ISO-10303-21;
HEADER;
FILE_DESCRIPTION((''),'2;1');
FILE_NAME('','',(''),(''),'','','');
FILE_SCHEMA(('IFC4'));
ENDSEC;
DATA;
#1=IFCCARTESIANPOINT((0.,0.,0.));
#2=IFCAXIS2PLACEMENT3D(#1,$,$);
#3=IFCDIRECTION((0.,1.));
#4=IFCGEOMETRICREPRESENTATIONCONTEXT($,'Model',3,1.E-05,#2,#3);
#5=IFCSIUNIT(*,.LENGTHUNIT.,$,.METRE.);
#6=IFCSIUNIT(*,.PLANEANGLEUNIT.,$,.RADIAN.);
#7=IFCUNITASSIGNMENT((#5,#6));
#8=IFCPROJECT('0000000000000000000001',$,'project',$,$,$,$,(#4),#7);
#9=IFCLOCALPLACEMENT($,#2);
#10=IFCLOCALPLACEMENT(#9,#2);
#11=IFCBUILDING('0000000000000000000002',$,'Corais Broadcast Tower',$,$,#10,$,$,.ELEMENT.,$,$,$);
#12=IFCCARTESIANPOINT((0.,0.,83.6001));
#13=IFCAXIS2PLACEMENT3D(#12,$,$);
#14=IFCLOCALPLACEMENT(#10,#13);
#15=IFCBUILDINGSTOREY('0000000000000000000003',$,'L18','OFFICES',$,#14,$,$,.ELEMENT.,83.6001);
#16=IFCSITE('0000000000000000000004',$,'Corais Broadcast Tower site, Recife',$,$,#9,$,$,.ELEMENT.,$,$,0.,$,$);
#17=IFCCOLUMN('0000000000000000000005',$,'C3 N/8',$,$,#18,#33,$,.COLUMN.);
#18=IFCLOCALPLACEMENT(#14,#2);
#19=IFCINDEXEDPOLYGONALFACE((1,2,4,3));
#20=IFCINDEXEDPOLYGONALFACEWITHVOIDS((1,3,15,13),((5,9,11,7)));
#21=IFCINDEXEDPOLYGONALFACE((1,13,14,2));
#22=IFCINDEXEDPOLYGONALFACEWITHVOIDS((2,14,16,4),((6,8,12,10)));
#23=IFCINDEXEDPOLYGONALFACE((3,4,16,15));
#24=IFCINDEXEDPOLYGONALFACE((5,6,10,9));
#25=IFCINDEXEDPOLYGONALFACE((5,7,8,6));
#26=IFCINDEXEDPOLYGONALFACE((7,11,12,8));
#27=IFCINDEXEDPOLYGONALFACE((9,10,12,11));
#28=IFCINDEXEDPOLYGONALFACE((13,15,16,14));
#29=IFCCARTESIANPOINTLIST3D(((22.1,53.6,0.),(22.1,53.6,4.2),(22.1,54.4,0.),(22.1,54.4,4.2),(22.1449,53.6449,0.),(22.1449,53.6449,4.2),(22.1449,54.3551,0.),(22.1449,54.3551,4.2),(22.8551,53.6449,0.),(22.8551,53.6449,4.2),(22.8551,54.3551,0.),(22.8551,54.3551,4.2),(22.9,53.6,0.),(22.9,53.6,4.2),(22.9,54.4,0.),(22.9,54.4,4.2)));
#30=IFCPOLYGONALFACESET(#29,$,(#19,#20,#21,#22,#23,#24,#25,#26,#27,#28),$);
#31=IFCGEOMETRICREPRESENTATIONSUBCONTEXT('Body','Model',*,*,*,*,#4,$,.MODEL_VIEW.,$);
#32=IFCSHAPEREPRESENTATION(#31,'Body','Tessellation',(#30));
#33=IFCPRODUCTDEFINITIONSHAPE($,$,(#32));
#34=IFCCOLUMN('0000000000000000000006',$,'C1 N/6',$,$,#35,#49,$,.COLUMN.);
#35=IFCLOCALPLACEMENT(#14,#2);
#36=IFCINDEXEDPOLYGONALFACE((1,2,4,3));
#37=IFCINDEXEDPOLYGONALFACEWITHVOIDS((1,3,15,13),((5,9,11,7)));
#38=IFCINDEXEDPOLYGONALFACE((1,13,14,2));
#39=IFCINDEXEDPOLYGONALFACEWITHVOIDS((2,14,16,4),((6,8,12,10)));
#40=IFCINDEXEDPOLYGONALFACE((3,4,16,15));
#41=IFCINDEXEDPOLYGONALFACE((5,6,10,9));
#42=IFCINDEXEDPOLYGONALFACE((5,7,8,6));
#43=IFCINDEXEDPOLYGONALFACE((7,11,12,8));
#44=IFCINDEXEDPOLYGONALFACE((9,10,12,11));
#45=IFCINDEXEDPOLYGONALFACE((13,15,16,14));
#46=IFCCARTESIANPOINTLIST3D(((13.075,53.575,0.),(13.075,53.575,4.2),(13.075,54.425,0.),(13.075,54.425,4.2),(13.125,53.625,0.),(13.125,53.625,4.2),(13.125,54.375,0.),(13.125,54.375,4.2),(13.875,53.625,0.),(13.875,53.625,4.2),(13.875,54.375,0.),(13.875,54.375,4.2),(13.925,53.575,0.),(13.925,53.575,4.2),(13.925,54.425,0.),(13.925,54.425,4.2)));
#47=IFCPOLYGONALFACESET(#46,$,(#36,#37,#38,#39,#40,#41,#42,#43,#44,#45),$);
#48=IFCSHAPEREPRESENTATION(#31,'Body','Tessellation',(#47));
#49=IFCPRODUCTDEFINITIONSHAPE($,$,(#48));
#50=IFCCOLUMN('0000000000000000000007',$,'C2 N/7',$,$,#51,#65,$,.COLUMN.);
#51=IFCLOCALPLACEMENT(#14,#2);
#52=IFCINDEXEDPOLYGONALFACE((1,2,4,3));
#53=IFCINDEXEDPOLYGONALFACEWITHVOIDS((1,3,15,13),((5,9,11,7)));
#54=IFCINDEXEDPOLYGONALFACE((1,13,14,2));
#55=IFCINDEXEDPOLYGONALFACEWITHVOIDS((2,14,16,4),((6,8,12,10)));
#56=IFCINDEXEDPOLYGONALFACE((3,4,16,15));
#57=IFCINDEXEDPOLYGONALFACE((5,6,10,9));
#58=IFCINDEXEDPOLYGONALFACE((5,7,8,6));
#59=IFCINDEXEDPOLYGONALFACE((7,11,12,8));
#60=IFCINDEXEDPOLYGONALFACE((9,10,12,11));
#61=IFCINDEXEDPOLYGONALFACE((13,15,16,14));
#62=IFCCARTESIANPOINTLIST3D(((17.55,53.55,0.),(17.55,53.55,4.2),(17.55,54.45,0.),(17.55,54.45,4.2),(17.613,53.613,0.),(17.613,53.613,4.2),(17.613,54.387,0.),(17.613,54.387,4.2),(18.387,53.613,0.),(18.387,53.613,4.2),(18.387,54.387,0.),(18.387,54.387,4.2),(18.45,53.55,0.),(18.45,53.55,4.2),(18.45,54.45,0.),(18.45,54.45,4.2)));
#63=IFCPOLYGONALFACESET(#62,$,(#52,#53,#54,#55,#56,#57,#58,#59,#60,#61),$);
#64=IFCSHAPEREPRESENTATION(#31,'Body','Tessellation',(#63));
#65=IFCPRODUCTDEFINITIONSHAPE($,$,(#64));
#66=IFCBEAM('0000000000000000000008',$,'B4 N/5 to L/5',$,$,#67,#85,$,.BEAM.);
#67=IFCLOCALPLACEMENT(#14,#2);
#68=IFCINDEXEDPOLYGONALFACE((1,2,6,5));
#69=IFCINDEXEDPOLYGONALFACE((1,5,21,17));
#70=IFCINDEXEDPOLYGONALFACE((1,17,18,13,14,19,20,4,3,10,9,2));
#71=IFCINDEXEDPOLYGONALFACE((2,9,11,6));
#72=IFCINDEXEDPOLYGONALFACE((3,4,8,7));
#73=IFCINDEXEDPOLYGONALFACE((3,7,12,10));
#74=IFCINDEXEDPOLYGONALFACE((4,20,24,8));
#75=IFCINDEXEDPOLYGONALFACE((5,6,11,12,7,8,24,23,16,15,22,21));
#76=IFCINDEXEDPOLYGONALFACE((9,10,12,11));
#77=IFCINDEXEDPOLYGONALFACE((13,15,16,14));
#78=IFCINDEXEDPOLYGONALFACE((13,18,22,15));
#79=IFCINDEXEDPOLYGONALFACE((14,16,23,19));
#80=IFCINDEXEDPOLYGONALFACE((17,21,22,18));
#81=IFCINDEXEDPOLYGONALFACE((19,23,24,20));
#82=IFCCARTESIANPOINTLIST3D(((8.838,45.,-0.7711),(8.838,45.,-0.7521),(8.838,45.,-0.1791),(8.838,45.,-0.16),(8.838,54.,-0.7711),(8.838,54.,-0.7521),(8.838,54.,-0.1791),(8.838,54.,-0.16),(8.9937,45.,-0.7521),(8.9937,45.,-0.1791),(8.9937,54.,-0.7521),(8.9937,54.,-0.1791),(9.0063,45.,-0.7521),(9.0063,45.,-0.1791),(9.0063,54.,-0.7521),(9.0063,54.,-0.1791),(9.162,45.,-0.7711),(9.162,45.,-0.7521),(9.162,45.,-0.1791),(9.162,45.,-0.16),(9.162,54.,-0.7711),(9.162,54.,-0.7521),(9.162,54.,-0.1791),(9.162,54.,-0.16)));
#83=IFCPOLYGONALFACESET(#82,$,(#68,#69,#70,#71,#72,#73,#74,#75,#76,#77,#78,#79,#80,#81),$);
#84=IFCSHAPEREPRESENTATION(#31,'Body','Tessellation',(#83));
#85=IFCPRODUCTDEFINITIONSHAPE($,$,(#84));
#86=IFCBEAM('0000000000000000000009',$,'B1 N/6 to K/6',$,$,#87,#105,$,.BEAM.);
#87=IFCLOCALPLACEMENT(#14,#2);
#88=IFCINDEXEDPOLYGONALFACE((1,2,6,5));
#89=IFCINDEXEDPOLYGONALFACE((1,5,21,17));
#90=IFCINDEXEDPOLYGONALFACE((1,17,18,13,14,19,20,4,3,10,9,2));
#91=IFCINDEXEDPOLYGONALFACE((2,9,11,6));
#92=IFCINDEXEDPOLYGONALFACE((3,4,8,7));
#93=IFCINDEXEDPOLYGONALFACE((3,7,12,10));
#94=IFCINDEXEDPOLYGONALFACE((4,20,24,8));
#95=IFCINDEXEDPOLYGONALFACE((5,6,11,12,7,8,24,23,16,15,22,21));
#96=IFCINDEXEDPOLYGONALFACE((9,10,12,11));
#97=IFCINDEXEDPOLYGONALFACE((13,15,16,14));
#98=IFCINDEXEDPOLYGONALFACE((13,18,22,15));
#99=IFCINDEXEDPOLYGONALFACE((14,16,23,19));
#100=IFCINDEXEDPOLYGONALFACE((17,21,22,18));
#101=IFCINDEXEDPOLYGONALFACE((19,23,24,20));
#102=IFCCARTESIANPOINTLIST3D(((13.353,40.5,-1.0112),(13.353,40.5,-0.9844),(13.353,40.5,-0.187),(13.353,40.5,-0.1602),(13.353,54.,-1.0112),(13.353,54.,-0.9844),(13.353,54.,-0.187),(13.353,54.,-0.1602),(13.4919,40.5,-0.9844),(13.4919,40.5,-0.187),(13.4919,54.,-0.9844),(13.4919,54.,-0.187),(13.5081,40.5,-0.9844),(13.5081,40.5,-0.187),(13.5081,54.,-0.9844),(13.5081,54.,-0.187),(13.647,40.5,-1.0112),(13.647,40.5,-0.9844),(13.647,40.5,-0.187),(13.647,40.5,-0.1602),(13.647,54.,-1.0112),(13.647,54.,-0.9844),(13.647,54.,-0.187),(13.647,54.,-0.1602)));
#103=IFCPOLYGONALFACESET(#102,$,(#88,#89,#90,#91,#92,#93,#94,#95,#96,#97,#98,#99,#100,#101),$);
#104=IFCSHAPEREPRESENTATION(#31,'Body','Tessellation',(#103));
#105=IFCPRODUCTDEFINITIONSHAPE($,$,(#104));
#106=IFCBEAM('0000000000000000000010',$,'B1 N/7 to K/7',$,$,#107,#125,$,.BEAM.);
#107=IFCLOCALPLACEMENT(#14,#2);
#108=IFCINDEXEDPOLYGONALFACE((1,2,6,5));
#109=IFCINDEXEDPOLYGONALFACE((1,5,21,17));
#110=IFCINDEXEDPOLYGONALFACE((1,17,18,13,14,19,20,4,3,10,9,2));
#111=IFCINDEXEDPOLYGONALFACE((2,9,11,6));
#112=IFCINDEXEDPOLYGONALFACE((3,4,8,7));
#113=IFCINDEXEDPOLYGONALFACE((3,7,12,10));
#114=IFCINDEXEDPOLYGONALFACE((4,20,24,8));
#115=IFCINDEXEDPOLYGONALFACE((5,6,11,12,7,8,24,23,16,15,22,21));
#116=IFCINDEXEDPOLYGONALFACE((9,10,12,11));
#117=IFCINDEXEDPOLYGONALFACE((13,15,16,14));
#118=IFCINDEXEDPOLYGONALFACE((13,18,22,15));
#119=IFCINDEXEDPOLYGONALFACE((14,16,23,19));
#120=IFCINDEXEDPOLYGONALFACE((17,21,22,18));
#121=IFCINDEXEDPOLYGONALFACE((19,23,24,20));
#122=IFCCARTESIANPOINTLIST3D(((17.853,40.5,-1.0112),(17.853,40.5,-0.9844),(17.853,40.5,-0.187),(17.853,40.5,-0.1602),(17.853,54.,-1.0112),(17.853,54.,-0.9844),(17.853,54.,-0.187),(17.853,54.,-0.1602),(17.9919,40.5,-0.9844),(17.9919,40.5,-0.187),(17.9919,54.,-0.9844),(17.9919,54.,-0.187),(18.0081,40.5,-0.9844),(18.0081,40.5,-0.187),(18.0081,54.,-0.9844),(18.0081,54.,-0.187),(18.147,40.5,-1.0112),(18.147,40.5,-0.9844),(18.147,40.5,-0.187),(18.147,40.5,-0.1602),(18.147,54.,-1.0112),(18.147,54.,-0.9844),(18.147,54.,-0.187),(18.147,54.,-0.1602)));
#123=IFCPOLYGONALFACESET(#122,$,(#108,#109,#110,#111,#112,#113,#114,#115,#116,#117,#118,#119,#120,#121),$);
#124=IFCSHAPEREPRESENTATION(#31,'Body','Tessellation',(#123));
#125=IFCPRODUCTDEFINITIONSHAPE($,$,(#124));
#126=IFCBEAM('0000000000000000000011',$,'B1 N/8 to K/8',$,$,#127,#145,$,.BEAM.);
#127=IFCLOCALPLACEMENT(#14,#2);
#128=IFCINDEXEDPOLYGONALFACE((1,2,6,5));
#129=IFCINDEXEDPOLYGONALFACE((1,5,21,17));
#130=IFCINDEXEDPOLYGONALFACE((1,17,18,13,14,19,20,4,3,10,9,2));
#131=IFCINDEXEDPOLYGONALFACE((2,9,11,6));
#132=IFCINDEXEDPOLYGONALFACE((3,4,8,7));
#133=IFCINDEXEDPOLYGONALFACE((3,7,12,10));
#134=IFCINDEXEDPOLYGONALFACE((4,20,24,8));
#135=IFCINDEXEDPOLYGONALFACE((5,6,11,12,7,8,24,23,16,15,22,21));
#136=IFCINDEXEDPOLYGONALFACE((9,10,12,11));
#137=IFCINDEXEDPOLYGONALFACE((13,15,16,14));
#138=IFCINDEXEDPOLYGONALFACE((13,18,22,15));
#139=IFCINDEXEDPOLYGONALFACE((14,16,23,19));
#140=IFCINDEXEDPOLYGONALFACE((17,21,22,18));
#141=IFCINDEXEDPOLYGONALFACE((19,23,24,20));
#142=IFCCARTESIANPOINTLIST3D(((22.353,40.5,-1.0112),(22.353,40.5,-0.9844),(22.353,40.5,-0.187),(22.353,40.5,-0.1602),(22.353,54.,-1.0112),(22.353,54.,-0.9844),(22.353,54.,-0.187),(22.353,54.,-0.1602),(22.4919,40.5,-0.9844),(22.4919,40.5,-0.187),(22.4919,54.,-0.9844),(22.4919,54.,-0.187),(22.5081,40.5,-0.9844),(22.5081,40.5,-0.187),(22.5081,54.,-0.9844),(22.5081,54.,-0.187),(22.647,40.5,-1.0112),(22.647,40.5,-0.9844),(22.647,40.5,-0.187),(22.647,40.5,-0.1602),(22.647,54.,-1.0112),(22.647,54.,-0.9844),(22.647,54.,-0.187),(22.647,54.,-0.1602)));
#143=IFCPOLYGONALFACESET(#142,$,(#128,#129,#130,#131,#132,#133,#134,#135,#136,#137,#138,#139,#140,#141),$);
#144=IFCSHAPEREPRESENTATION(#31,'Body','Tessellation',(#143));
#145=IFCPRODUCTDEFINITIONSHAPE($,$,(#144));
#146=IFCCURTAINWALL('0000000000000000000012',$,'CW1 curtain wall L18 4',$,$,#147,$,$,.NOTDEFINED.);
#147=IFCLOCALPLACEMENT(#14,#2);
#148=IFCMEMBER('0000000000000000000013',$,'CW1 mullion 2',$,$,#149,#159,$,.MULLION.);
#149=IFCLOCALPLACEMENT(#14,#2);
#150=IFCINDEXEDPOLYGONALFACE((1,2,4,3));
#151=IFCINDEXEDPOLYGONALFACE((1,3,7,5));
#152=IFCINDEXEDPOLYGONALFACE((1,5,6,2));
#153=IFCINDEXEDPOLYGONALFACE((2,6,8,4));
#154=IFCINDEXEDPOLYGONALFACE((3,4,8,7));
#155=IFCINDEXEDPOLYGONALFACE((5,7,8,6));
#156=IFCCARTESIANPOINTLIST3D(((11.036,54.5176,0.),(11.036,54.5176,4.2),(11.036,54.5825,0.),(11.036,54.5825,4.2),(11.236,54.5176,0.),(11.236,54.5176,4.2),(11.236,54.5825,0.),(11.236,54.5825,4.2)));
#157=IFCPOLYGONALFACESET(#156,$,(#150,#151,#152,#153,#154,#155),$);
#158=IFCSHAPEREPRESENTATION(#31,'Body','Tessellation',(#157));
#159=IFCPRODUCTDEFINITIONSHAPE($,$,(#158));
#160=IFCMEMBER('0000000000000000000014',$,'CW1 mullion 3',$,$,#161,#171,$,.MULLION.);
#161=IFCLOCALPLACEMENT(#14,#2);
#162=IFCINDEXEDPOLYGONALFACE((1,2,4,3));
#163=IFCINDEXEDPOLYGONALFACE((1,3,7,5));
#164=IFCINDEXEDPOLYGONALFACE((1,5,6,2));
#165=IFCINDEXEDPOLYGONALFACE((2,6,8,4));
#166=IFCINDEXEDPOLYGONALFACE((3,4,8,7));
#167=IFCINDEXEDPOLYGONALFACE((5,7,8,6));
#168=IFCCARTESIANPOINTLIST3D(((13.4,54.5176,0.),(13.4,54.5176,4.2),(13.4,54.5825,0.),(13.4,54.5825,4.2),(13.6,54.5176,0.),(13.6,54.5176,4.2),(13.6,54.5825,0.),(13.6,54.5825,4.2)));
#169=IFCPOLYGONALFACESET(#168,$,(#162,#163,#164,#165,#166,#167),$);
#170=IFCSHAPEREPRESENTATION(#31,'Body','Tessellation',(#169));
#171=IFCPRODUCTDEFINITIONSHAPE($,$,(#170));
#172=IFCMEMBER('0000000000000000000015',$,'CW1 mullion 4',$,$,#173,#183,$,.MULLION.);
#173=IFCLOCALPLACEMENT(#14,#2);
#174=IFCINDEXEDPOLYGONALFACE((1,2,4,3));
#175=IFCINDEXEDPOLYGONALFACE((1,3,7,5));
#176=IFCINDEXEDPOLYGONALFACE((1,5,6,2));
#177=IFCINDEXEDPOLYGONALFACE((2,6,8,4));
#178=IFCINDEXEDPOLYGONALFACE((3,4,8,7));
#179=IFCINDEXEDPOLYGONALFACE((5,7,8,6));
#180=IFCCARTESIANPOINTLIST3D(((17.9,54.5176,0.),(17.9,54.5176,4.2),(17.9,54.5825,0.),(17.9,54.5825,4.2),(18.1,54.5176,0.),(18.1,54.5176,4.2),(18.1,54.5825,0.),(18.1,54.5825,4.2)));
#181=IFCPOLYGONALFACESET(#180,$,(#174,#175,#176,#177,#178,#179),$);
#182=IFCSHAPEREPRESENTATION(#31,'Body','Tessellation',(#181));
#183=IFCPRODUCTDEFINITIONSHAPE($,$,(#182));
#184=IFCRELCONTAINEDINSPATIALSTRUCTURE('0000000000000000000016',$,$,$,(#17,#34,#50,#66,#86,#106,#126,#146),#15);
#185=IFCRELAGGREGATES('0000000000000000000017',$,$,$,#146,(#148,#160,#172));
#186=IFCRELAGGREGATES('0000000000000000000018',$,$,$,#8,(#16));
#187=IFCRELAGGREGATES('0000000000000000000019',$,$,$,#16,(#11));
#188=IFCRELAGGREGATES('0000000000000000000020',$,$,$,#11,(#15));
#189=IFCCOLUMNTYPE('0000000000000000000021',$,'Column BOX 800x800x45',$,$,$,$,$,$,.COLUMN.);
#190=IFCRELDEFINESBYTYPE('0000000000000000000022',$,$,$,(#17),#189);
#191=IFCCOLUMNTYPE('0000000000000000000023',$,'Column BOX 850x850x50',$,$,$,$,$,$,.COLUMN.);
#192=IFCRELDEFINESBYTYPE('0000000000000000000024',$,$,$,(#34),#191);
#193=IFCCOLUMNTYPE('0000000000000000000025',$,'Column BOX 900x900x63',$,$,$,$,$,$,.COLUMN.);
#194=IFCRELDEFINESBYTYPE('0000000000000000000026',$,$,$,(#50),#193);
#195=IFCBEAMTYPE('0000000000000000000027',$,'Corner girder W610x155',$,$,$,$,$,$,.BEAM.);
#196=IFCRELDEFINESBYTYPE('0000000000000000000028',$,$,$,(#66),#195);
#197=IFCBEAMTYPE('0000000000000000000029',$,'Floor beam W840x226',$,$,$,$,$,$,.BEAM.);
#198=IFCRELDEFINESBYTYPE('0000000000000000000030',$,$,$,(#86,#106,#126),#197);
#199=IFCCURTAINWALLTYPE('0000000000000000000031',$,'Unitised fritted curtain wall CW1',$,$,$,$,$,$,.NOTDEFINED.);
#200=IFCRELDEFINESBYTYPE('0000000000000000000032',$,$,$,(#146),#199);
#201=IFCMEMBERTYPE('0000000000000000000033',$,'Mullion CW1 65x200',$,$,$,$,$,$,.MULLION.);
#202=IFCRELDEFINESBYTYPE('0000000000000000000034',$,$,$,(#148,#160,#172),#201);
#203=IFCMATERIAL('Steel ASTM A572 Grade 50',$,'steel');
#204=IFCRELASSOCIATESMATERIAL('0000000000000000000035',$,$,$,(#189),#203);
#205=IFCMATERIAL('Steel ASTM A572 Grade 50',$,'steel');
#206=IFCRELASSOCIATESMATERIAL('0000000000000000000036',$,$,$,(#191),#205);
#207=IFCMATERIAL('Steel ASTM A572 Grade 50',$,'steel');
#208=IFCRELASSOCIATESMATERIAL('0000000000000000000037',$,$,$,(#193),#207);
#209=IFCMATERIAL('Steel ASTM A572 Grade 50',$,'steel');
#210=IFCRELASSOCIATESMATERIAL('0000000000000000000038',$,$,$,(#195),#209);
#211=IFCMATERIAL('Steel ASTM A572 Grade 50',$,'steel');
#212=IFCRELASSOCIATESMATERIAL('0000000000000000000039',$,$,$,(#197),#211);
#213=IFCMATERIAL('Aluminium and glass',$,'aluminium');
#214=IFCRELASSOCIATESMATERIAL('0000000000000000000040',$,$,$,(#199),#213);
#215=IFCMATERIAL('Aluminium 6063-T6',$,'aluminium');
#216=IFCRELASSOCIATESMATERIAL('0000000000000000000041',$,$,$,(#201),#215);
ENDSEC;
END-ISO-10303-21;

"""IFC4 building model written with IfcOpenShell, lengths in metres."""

from ifc_helpers import new_model, si_unit, direction, frame, origin, origin_2d, place, context, subcontext, project, spatial, rectangle, hollow_rectangle, i_section, extrude, material, material_profile, profile_set, type_object, element, aggregate, save


model = new_model("IFC4")

# Units and contexts
model_context = context("Model", 3, precision=1e-05, world=origin(), true_north=direction((0.0, 1.0)))
body_context = subcontext(model_context, "Body", "Model", "MODEL_VIEW")
ifc_project = project(units=[si_unit("LENGTHUNIT", "METRE"), si_unit("PLANEANGLEUNIT", "RADIAN")], contexts=[model_context])

# Site, building, storey
site_placement = place(None, origin())
site = spatial("IfcSite", under=ifc_project, at=site_placement, Name="Corais Broadcast Tower site, Recife", CompositionType="ELEMENT", RefElevation=0.0)
building_placement = place(site_placement, origin())
building = spatial("IfcBuilding", under=site, at=building_placement, Name="Corais Broadcast Tower", CompositionType="ELEMENT")
storey_placement = place(building_placement, frame((0.0, 0.0, 83.6001)))
storey = spatial("IfcBuildingStorey", under=building, at=storey_placement, Name="L18", Description="OFFICES", CompositionType="ELEMENT", Elevation=83.6001)

# Columns
ifc_material_1 = material(Name="Steel ASTM A572 Grade 50", Category="steel")
ifc_material_profile_1 = material_profile(ifc_material_1, hollow_rectangle(XDim=0.8, YDim=0.8, WallThickness=0.0449, at=origin_2d()), Name="BOX 800x800x45")
ifc_profile_set_1 = profile_set([ifc_material_profile_1], Name="Steel ASTM A572 Grade 50")
column_type_1 = type_object("IfcColumnType", Name="Column BOX 800x800x45", PredefinedType="COLUMN", material=ifc_profile_set_1)
column_1_placement = place(storey_placement, frame((22.5, 54.0, 0.0), z_axis=(0.0, 0.0, 1.0), x_axis=(1.0, 0.0, 0.0)))
element("IfcColumn", 1, at=column_1_placement, inside=storey, type_object=column_type_1, Name="C3 N/8", PredefinedType="COLUMN", context=body_context, shape_type="SweptSolid", body=[
    extrude(hollow_rectangle(XDim=0.8, YDim=0.8, WallThickness=0.0449, at=origin_2d()), origin(), (0.0, 0.0, 1.0), 4.2),
])
ifc_material_2 = material(Name="Steel ASTM A572 Grade 50", Category="steel")
ifc_material_profile_2 = material_profile(ifc_material_2, hollow_rectangle(XDim=0.8501, YDim=0.8501, WallThickness=0.05, at=origin_2d()), Name="BOX 850x850x50")
ifc_profile_set_2 = profile_set([ifc_material_profile_2], Name="Steel ASTM A572 Grade 50")
column_type_2 = type_object("IfcColumnType", Name="Column BOX 850x850x50", PredefinedType="COLUMN", material=ifc_profile_set_2)
column_2_placement = place(storey_placement, frame((13.5, 54.0, 0.0), z_axis=(0.0, 0.0, 1.0), x_axis=(1.0, 0.0, 0.0)))
element("IfcColumn", 2, at=column_2_placement, inside=storey, type_object=column_type_2, Name="C1 N/6", PredefinedType="COLUMN", context=body_context, shape_type="SweptSolid", body=[
    extrude(hollow_rectangle(XDim=0.8501, YDim=0.8501, WallThickness=0.05, at=origin_2d()), origin(), (0.0, 0.0, 1.0), 4.2),
])
ifc_material_3 = material(Name="Steel ASTM A572 Grade 50", Category="steel")
ifc_material_profile_3 = material_profile(ifc_material_3, hollow_rectangle(XDim=0.8999, YDim=0.8999, WallThickness=0.063, at=origin_2d()), Name="BOX 900x900x63")
ifc_profile_set_3 = profile_set([ifc_material_profile_3], Name="Steel ASTM A572 Grade 50")
column_type_3 = type_object("IfcColumnType", Name="Column BOX 900x900x63", PredefinedType="COLUMN", material=ifc_profile_set_3)
column_3_placement = place(storey_placement, frame((18.0, 54.0, 0.0), z_axis=(0.0, 0.0, 1.0), x_axis=(1.0, 0.0, 0.0)))
element("IfcColumn", 3, at=column_3_placement, inside=storey, type_object=column_type_3, Name="C2 N/7", PredefinedType="COLUMN", context=body_context, shape_type="SweptSolid", body=[
    extrude(hollow_rectangle(XDim=0.8999, YDim=0.8999, WallThickness=0.063, at=origin_2d()), origin(), (0.0, 0.0, 1.0), 4.2),
])

# Beams
ifc_material_4 = material(Name="Steel ASTM A572 Grade 50", Category="steel")
ifc_material_profile_4 = material_profile(ifc_material_4, i_section(OverallWidth=0.324, OverallDepth=0.6111, WebThickness=0.0127, FlangeThickness=0.019, at=origin_2d()), Name="W610x155")
ifc_profile_set_4 = profile_set([ifc_material_profile_4], Name="Steel ASTM A572 Grade 50")
beam_type_1 = type_object("IfcBeamType", Name="Corner girder W610x155", PredefinedType="BEAM", material=ifc_profile_set_4)
beam_1_placement = place(storey_placement, frame((9.0, 54.0, -0.4656), z_axis=(0.0, -1.0, 0.0), x_axis=(1.0, 0.0, 0.0)))
element("IfcBeam", 4, at=beam_1_placement, inside=storey, type_object=beam_type_1, Name="B4 N/5 to L/5", PredefinedType="BEAM", context=body_context, shape_type="SweptSolid", body=[
    extrude(i_section(OverallWidth=0.324, OverallDepth=0.6111, WebThickness=0.0127, FlangeThickness=0.019, at=origin_2d()), origin(), (0.0, 0.0, 1.0), 9.0),
])
ifc_material_5 = material(Name="Steel ASTM A572 Grade 50", Category="steel")
ifc_material_profile_5 = material_profile(ifc_material_5, i_section(OverallWidth=0.2939, OverallDepth=0.8511, WebThickness=0.0161, FlangeThickness=0.0269, at=origin_2d()), Name="W840x226")
ifc_profile_set_5 = profile_set([ifc_material_profile_5], Name="Steel ASTM A572 Grade 50")
beam_type_2 = type_object("IfcBeamType", Name="Floor beam W840x226", PredefinedType="BEAM", material=ifc_profile_set_5)
for number, where, z_axis, x_axis, name in (
    (5, (13.5, 54.0, -0.5857), (0.0, -1.0, 0.0), (1.0, 0.0, 0.0), "B1 N/6 to K/6"),
    (6, (18.0, 54.0, -0.5857), (0.0, -1.0, 0.0), (1.0, 0.0, 0.0), "B1 N/7 to K/7"),
    (7, (22.5, 54.0, -0.5857), (0.0, -1.0, 0.0), (1.0, 0.0, 0.0), "B1 N/8 to K/8"),
):
    element("IfcBeam", number, at=place(storey_placement, frame(where, z_axis=z_axis, x_axis=x_axis)), inside=storey, type_object=beam_type_2, Name=name, PredefinedType="BEAM", context=body_context, shape_type="SweptSolid", body=[
        extrude(i_section(OverallWidth=0.2939, OverallDepth=0.8511, WebThickness=0.0161, FlangeThickness=0.0269, at=origin_2d()), origin(), (0.0, 0.0, 1.0), 13.5),
    ])

# Curtain wall, members
ifc_material_6 = material(Name="Aluminium and glass", Category="aluminium")
curtain_wall_type = type_object("IfcCurtainWallType", Name="Unitised fritted curtain wall CW1", PredefinedType="NOTDEFINED", material=ifc_material_6)
curtain_wall_placement = place(storey_placement, origin())
curtain_wall = element("IfcCurtainWall", 8, at=curtain_wall_placement, inside=storey, type_object=curtain_wall_type, Name="CW1 curtain wall L18 4", PredefinedType="NOTDEFINED")
ifc_material_7 = material(Name="Aluminium 6063-T6", Category="aluminium")
ifc_material_profile_6 = material_profile(ifc_material_7, rectangle(XDim=0.0649, YDim=0.2, at=origin_2d()), Name="Mullion CW1 65x200")
ifc_profile_set_6 = profile_set([ifc_material_profile_6], Name="Aluminium 6063-T6")
member_type_1 = type_object("IfcMemberType", Name="Mullion CW1 65x200", PredefinedType="MULLION", material=ifc_profile_set_6)
member_1_placement = place(storey_placement, frame((11.136, 54.55, 0.0), z_axis=(0.0, 0.0, 1.0), x_axis=(0.0, 1.0, 0.0)))
member_1 = element("IfcMember", 9, at=member_1_placement, type_object=member_type_1, Name="CW1 mullion 2", PredefinedType="MULLION", context=body_context, shape_type="SweptSolid", body=[
    extrude(rectangle(XDim=0.0649, YDim=0.2, at=origin_2d()), origin(), (0.0, 0.0, 1.0), 4.2),
])
member_2_placement = place(storey_placement, frame((13.5, 54.55, 0.0), z_axis=(0.0, 0.0, 1.0), x_axis=(0.0, 1.0, 0.0)))
member_2 = element("IfcMember", 10, at=member_2_placement, type_object=member_type_1, Name="CW1 mullion 3", PredefinedType="MULLION", context=body_context, shape_type="SweptSolid", body=[
    extrude(rectangle(XDim=0.0649, YDim=0.2, at=origin_2d()), origin(), (0.0, 0.0, 1.0), 4.2),
])
member_3_placement = place(storey_placement, frame((18.0, 54.55, 0.0), z_axis=(0.0, 0.0, 1.0), x_axis=(0.0, 1.0, 0.0)))
member_3 = element("IfcMember", 11, at=member_3_placement, type_object=member_type_1, Name="CW1 mullion 4", PredefinedType="MULLION", context=body_context, shape_type="SweptSolid", body=[
    extrude(rectangle(XDim=0.0649, YDim=0.2, at=origin_2d()), origin(), (0.0, 0.0, 1.0), 4.2),
])

aggregate(curtain_wall, [member_1, member_2, member_3])

save(model, "model.ifc")
